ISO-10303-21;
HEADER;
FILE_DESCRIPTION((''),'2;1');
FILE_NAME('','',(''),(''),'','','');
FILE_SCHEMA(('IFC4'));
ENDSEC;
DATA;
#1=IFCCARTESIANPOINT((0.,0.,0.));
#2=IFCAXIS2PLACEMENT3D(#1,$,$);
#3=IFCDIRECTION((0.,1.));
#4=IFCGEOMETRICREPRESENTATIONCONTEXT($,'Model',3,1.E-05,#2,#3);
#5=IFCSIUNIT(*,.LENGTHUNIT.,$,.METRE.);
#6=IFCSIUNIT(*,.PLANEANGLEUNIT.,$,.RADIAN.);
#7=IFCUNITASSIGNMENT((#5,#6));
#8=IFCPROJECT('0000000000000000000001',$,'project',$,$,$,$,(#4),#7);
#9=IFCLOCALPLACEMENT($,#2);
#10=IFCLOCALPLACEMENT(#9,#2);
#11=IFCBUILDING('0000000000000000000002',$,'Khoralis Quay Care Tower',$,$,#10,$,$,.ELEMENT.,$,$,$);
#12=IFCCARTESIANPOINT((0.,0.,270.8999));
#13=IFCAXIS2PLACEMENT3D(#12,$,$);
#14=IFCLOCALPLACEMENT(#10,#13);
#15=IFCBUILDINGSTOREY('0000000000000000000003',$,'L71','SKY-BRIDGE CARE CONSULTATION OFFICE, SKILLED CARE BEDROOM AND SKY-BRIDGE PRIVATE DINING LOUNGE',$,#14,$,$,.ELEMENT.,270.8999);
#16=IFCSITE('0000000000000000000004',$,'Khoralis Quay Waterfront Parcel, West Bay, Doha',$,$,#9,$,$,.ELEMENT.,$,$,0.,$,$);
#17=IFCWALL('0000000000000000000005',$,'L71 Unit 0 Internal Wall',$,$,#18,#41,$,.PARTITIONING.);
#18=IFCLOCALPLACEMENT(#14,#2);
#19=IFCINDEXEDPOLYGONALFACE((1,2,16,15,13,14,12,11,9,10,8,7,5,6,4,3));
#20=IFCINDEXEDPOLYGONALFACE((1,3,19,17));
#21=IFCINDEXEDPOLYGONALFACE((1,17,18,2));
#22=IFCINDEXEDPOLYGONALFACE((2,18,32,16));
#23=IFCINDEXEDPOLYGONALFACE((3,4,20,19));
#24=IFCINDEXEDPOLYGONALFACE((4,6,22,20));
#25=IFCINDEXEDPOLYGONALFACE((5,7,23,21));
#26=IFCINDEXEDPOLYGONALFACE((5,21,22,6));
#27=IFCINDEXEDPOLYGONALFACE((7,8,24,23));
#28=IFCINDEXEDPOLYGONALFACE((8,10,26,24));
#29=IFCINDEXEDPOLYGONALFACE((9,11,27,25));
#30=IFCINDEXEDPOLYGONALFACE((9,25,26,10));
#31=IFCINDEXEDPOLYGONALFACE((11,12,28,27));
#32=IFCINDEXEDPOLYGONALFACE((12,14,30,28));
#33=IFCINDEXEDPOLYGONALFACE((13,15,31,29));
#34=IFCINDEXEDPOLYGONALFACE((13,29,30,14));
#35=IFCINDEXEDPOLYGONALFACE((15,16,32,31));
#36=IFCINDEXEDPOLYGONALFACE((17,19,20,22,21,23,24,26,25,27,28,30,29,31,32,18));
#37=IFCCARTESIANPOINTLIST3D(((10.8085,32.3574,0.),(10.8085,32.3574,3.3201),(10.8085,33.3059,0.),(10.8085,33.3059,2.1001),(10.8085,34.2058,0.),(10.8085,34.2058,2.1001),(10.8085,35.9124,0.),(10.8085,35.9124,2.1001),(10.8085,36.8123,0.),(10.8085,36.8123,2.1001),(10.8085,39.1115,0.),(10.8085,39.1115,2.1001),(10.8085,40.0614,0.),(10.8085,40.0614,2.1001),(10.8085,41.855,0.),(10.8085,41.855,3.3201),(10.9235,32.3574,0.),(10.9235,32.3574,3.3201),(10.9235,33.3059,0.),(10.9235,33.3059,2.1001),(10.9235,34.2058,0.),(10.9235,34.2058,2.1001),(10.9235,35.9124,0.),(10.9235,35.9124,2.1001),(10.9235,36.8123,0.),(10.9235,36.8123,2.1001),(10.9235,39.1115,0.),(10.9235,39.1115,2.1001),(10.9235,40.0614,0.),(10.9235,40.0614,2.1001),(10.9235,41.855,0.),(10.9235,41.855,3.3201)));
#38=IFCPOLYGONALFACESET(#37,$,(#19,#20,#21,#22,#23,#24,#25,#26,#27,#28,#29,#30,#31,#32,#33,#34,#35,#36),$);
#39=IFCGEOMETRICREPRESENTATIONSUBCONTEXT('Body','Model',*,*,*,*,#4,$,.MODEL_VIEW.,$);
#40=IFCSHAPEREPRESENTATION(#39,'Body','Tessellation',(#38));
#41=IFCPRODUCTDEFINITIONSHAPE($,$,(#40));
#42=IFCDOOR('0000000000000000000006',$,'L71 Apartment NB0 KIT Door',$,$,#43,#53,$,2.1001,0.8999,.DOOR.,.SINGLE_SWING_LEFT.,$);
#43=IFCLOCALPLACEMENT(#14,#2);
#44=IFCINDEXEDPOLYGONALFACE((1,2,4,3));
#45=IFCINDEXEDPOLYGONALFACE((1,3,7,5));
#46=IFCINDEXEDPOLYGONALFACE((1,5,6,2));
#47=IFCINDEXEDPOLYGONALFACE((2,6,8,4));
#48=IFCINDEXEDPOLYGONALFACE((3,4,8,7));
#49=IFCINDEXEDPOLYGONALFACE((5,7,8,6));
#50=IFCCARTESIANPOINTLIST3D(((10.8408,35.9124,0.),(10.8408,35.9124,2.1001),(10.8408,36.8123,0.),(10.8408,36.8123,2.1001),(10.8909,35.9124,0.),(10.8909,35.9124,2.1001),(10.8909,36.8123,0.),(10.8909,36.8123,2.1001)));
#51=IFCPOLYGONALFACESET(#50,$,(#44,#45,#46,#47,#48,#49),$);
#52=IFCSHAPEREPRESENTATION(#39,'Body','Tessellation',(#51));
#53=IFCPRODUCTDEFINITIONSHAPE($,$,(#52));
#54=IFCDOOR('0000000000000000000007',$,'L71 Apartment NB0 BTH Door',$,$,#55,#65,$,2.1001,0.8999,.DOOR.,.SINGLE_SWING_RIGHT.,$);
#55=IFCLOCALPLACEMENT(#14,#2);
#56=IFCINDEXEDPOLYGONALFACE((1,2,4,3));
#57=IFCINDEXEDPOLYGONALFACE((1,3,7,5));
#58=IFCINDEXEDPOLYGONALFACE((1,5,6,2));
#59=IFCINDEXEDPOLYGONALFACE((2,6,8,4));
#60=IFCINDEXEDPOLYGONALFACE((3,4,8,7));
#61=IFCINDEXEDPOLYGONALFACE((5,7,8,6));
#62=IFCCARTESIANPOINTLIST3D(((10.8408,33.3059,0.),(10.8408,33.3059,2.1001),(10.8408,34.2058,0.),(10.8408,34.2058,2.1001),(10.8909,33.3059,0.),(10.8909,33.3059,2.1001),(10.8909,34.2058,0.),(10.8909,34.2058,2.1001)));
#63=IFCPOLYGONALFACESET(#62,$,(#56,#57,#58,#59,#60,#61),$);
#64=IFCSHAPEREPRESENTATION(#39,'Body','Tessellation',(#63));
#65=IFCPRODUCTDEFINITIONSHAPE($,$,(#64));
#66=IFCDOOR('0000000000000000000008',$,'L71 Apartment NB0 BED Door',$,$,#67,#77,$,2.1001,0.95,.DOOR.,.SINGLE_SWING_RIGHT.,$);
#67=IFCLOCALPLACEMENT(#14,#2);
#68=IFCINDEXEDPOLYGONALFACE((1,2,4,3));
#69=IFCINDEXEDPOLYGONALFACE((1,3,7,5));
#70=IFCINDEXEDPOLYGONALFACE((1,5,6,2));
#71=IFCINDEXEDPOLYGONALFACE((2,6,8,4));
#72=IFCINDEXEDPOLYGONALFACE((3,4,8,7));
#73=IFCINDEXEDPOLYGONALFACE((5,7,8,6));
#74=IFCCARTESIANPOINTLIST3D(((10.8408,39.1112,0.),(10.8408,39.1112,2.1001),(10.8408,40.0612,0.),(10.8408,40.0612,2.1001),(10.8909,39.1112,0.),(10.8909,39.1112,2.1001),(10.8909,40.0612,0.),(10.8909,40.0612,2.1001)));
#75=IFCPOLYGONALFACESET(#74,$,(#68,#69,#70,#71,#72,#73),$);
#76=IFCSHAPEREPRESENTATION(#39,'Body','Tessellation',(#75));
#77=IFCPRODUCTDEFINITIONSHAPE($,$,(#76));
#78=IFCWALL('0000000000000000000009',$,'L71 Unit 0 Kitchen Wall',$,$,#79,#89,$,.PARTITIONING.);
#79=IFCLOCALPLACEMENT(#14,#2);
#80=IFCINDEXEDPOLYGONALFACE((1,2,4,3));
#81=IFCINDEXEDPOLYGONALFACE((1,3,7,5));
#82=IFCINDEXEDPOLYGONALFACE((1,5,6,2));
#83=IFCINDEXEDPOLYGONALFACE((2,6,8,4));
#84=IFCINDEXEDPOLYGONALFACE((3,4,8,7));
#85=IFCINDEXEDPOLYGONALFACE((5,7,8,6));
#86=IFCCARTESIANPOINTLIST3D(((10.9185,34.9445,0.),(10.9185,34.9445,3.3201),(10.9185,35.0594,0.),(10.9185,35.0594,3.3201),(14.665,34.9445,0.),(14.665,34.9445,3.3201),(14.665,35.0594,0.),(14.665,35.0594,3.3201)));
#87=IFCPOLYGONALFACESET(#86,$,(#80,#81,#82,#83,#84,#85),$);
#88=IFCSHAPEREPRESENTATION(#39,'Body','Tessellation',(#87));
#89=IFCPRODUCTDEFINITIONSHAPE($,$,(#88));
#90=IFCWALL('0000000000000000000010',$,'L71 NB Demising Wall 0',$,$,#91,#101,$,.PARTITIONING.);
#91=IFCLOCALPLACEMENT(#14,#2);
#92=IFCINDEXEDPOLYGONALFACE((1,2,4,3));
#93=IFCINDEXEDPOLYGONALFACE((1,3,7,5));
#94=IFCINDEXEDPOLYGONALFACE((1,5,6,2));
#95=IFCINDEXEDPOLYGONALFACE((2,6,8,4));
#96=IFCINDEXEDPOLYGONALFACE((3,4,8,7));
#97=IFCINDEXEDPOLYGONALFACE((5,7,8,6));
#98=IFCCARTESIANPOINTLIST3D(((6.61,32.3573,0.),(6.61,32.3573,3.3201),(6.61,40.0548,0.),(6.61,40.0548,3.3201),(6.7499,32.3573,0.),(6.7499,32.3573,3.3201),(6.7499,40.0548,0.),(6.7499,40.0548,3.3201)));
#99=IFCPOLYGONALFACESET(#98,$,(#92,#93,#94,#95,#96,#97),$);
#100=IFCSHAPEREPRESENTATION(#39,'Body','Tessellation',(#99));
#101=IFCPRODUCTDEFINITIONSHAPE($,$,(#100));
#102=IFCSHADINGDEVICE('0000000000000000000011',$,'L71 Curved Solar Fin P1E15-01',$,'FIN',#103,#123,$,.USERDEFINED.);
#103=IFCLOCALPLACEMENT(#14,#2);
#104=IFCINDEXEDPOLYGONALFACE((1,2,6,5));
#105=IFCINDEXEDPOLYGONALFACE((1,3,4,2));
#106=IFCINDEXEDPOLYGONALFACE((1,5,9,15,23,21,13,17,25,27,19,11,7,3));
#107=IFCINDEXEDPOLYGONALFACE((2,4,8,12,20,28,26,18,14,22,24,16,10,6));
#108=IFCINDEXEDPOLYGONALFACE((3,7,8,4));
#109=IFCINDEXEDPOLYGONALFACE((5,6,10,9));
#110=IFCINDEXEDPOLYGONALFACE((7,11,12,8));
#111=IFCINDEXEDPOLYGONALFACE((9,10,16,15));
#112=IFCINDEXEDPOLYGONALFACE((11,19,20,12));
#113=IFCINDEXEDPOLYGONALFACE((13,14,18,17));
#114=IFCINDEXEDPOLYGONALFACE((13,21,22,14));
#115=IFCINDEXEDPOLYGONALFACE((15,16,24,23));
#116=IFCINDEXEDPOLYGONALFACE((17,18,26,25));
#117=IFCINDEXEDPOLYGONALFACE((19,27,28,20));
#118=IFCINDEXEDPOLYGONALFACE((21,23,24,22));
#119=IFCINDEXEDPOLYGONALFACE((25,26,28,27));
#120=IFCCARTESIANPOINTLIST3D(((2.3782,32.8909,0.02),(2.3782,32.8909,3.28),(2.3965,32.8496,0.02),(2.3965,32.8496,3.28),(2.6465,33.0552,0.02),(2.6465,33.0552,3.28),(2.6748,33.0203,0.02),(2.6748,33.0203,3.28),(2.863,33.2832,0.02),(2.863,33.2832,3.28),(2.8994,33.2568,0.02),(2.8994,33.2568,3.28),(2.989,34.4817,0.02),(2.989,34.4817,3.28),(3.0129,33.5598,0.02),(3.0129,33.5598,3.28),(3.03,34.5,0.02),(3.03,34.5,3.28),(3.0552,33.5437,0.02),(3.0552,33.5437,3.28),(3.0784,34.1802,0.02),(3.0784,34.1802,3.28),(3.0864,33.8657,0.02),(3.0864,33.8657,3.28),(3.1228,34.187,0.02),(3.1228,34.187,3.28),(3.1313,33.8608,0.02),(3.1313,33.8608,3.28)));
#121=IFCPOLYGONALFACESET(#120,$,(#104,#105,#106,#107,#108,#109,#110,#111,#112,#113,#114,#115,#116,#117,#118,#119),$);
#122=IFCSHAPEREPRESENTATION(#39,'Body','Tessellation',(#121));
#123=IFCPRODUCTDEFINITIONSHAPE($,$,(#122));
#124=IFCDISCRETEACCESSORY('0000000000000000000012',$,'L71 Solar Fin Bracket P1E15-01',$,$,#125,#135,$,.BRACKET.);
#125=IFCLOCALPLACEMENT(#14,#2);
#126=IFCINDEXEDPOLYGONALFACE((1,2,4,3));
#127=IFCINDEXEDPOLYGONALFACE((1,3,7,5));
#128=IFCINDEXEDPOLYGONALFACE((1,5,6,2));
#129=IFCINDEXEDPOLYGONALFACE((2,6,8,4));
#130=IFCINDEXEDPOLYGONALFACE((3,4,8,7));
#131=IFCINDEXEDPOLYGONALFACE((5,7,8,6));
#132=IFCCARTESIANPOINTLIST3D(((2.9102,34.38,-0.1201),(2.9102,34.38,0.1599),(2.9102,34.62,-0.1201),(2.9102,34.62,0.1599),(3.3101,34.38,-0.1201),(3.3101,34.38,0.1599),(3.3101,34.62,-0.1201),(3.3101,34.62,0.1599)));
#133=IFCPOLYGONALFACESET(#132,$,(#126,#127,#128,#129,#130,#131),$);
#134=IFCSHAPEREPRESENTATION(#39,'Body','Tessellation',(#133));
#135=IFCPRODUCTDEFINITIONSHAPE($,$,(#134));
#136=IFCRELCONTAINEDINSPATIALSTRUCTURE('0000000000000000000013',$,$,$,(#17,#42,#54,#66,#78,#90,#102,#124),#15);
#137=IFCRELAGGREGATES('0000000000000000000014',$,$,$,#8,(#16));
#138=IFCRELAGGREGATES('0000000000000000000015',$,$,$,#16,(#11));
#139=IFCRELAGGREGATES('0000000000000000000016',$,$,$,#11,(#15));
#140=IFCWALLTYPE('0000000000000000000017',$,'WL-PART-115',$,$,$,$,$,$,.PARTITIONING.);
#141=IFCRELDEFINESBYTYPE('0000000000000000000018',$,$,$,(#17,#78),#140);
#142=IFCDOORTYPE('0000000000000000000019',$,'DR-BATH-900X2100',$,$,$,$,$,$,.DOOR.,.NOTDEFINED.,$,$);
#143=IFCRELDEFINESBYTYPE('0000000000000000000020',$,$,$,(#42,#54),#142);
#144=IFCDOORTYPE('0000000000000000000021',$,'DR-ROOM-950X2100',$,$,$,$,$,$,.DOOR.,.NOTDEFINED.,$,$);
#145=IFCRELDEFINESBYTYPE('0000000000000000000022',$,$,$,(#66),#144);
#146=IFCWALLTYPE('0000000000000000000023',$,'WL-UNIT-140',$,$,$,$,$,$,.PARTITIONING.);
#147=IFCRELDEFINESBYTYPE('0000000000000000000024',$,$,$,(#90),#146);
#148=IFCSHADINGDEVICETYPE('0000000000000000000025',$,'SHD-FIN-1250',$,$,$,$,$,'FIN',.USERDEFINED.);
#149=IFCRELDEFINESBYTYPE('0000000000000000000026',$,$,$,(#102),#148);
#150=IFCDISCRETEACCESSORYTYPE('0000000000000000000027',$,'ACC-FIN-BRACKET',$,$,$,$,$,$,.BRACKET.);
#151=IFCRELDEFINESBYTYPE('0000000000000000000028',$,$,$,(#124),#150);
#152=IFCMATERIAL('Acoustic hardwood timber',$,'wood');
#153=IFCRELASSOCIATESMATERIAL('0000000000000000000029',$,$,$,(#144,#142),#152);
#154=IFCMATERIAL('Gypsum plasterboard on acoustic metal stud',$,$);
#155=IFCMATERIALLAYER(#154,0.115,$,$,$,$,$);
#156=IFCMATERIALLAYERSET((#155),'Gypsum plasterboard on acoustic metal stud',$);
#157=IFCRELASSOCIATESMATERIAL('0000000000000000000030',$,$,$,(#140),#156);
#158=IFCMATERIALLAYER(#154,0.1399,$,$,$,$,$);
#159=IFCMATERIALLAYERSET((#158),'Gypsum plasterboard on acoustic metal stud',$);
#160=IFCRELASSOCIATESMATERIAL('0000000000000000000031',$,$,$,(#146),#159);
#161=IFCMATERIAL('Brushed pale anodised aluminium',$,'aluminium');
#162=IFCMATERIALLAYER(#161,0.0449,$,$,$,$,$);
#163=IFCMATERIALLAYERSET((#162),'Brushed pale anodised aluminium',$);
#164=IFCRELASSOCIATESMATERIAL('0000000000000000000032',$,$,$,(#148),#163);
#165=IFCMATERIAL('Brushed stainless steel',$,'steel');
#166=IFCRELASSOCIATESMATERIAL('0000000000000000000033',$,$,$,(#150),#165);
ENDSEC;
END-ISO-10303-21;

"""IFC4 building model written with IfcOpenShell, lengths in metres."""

from ifc_helpers import new_model, si_unit, direction, frame, frame_2d, origin, origin_2d, place, context, subcontext, project, spatial, polyline, rectangle, outline, extrude, source, transform, mapped, material, layer, layer_set, type_object, element, fill, save


model = new_model("IFC4")

# Units and contexts
model_context = context("Model", 3, precision=1e-05, world=origin(), true_north=direction((0.0, 1.0)))
body_context = subcontext(model_context, "Body", "Model", "MODEL_VIEW")
ifc_project = project(units=[si_unit("LENGTHUNIT", "METRE"), si_unit("PLANEANGLEUNIT", "RADIAN")], contexts=[model_context])

# Site, building, storey
site_placement = place(None, origin())
site = spatial("IfcSite", under=ifc_project, at=site_placement, Name="Khoralis Quay Waterfront Parcel, West Bay, Doha", CompositionType="ELEMENT", RefElevation=0.0)
building_placement = place(site_placement, origin())
building = spatial("IfcBuilding", under=site, at=building_placement, Name="Khoralis Quay Care Tower", CompositionType="ELEMENT")
storey_placement = place(building_placement, frame((0.0, 0.0, 270.8999)))
storey = spatial("IfcBuildingStorey", under=building, at=storey_placement, Name="L71", Description="SKY-BRIDGE CARE CONSULTATION OFFICE, SKILLED CARE BEDROOM AND SKY-BRIDGE PRIVATE DINING LOUNGE", CompositionType="ELEMENT", Elevation=270.8999)

# Shared definitions
ifc_material_1 = material(Name="Gypsum plasterboard on acoustic metal stud")

# Wall, openings, doors
ifc_material_2 = material(Name="Acoustic hardwood timber", Category="wood")
door_type_1 = type_object("IfcDoorType", Name="DR-ROOM-950X2100", OperationType="NOTDEFINED", PredefinedType="DOOR", material=ifc_material_2)
shared_shape_1 = source(origin(), body_context, "Body", "SweptSolid", [
    extrude(rectangle(XDim=0.95, YDim=2.1001, at=frame_2d((0.4751, 1.05))), frame((0.0, 0.0249, 0.0), z_axis=(0.0, -1.0, 0.0), x_axis=(1.0, 0.0, 0.0)), (0.0, 0.0, 1.0), 0.05),
])
ifc_layer_1 = layer(ifc_material_1, 0.115)
ifc_layer_set_1 = layer_set([ifc_layer_1], Name="Gypsum plasterboard on acoustic metal stud")
wall_type_1 = type_object("IfcWallType", Name="WL-PART-115", PredefinedType="PARTITIONING", material=ifc_layer_set_1)
wall_1_placement = place(storey_placement, frame((10.866, 32.3574, 0.0), z_axis=(0.0, 0.0, 1.0), x_axis=(0.0, 1.0, 0.0)))
wall_1 = element("IfcWall", 1, at=wall_1_placement, inside=storey, type_object=wall_type_1, Name="L71 Unit 0 Internal Wall", PredefinedType="PARTITIONING", context=body_context, shape_type="SweptSolid", body=[
    extrude(rectangle(XDim=9.4976, YDim=0.115, at=frame_2d((4.7488, 0.0))), origin(), (0.0, 0.0, 1.0), 3.3201),
])
opening_1_placement = place(wall_1_placement, frame((6.7539, 0.0, 0.0)))
opening_1 = element("IfcOpeningElement", 2, at=opening_1_placement, cuts=wall_1, PredefinedType="OPENING", context=body_context, shape_type="SweptSolid", body=[
    extrude(rectangle(XDim=0.95, YDim=2.1001, at=frame_2d((0.4751, 1.05))), frame((0.0, 0.0674, 0.0), z_axis=(0.0, -1.0, 0.0), x_axis=(1.0, 0.0, 0.0)), (0.0, 0.0, 1.0), 0.135),
])
opening_2_placement = place(wall_1_placement, frame((3.5549, 0.0, 0.0)))
opening_2 = element("IfcOpeningElement", 3, at=opening_2_placement, cuts=wall_1, PredefinedType="OPENING", context=body_context, shape_type="SweptSolid", body=[
    extrude(rectangle(XDim=0.8999, YDim=2.1001, at=frame_2d((0.45, 1.05))), frame((0.0, 0.0674, 0.0), z_axis=(0.0, -1.0, 0.0), x_axis=(1.0, 0.0, 0.0)), (0.0, 0.0, 1.0), 0.135),
])
opening_3_placement = place(wall_1_placement, frame((0.9485, 0.0, 0.0)))
opening_3 = element("IfcOpeningElement", 4, at=opening_3_placement, cuts=wall_1, PredefinedType="OPENING", context=body_context, shape_type="SweptSolid", body=[
    extrude(rectangle(XDim=0.8999, YDim=2.1001, at=frame_2d((0.45, 1.05))), frame((0.0, 0.0674, 0.0), z_axis=(0.0, -1.0, 0.0), x_axis=(1.0, 0.0, 0.0)), (0.0, 0.0, 1.0), 0.135),
])
door_type_2 = type_object("IfcDoorType", Name="DR-BATH-900X2100", OperationType="NOTDEFINED", PredefinedType="DOOR", material=ifc_material_2)
shared_shape_2 = source(origin(), body_context, "Body", "SweptSolid", [
    extrude(rectangle(XDim=0.8999, YDim=2.1001, at=frame_2d((0.45, 1.05))), frame((0.0, 0.0249, 0.0), z_axis=(0.0, -1.0, 0.0), x_axis=(1.0, 0.0, 0.0)), (0.0, 0.0, 1.0), 0.05),
])
door_1_placement = place(opening_2_placement, frame((0.8999, 0.0, 0.0), z_axis=(0.0, 0.0, 1.0), x_axis=(-1.0, 0.0, 0.0)))
door_1 = element("IfcDoor", 5, at=door_1_placement, inside=storey, type_object=door_type_2, Name="L71 Apartment NB0 KIT Door", OperationType="SINGLE_SWING_LEFT", OverallHeight=2.1001, OverallWidth=0.8999, PredefinedType="DOOR", context=body_context, shape_type="MappedRepresentation", body=[
    mapped(shared_shape_2, transform((0.0, 0.0, 0.0), scale=1.0)),
])
fill(opening_2, door_1)
door_2_placement = place(opening_3_placement, frame((0.8999, 0.0, 0.0), z_axis=(0.0, 0.0, 1.0), x_axis=(-1.0, 0.0, 0.0)))
door_2 = element("IfcDoor", 6, at=door_2_placement, inside=storey, type_object=door_type_2, Name="L71 Apartment NB0 BTH Door", OperationType="SINGLE_SWING_RIGHT", OverallHeight=2.1001, OverallWidth=0.8999, PredefinedType="DOOR", context=body_context, shape_type="MappedRepresentation", body=[
    mapped(shared_shape_2, transform((0.0, 0.0, 0.0), scale=1.0)),
])
fill(opening_3, door_2)
door_3_placement = place(opening_1_placement, frame((0.95, 0.0, 0.0), z_axis=(0.0, 0.0, 1.0), x_axis=(-1.0, 0.0, 0.0)))
door_3 = element("IfcDoor", 7, at=door_3_placement, inside=storey, type_object=door_type_1, Name="L71 Apartment NB0 BED Door", OperationType="SINGLE_SWING_RIGHT", OverallHeight=2.1001, OverallWidth=0.95, PredefinedType="DOOR", context=body_context, shape_type="MappedRepresentation", body=[
    mapped(shared_shape_1, transform((0.0, 0.0, 0.0), scale=1.0)),
])
fill(opening_1, door_3)

# Walls
wall_2_placement = place(storey_placement, frame((10.9185, 35.002, 0.0), z_axis=(0.0, 0.0, 1.0), x_axis=(1.0, 0.0, 0.0)))
element("IfcWall", 8, at=wall_2_placement, inside=storey, type_object=wall_type_1, Name="L71 Unit 0 Kitchen Wall", PredefinedType="PARTITIONING", context=body_context, shape_type="SweptSolid", body=[
    extrude(rectangle(XDim=3.7466, YDim=0.115, at=frame_2d((1.8733, 0.0))), origin(), (0.0, 0.0, 1.0), 3.3201),
])
ifc_layer_2 = layer(ifc_material_1, 0.1399)
ifc_layer_set_2 = layer_set([ifc_layer_2], Name="Gypsum plasterboard on acoustic metal stud")
wall_type_2 = type_object("IfcWallType", Name="WL-UNIT-140", PredefinedType="PARTITIONING", material=ifc_layer_set_2)
wall_3_placement = place(storey_placement, frame((6.6799, 32.3574, 0.0), z_axis=(0.0, 0.0, 1.0), x_axis=(0.0, 1.0, 0.0)))
element("IfcWall", 9, at=wall_3_placement, inside=storey, type_object=wall_type_2, Name="L71 NB Demising Wall 0", PredefinedType="PARTITIONING", context=body_context, shape_type="SweptSolid", body=[
    extrude(rectangle(XDim=7.6975, YDim=0.1399, at=frame_2d((3.8486, 0.0))), origin(), (0.0, 0.0, 1.0), 3.3201),
])

# Shading device
ifc_material_3 = material(Name="Brushed pale anodised aluminium", Category="aluminium")
ifc_layer_3 = layer(ifc_material_3, 0.0449)
ifc_layer_set_3 = layer_set([ifc_layer_3], Name="Brushed pale anodised aluminium")
shading_device_type = type_object("IfcShadingDeviceType", Name="SHD-FIN-1250", ElementType="FIN", PredefinedType="USERDEFINED", material=ifc_layer_set_3)
shared_shape_3 = source(origin(), body_context, "Body", "SweptSolid", [
    extrude(outline(polyline([(0.0, 0.0), (-0.0928, 0.313), (-0.1013, 0.6392), (-0.0251, 0.9563), (0.1306, 1.2432), (0.3552, 1.4797), (0.6335, 1.6504), (0.6519, 1.6091), (0.3835, 1.4448), (0.167, 1.2168), (0.0171, 0.9402), (-0.0564, 0.6343), (-0.0483, 0.3198), (0.041, 0.0183), (0.0, 0.0)])), origin(), (0.0, 0.0, 1.0), 3.26),
])
shading_device_placement = place(storey_placement, frame((3.03, 34.5, 0.02), z_axis=(0.0, 0.0, 1.0), x_axis=(-1.0, 0.0, 0.0)))
element("IfcShadingDevice", 10, at=shading_device_placement, inside=storey, type_object=shading_device_type, Name="L71 Curved Solar Fin P1E15-01", ObjectType="FIN", PredefinedType="USERDEFINED", context=body_context, shape_type="MappedRepresentation", body=[
    mapped(shared_shape_3, transform((0.0, 0.0, 0.0), scale=1.0)),
])

# Discrete accessory
ifc_material_4 = material(Name="Brushed stainless steel", Category="steel")
discrete_accessory_type = type_object("IfcDiscreteAccessoryType", Name="ACC-FIN-BRACKET", PredefinedType="BRACKET", material=ifc_material_4)
shared_shape_4 = source(origin(), body_context, "Body", "SweptSolid", [
    extrude(rectangle(XDim=0.3999, YDim=0.24, at=origin_2d()), origin(), (0.0, 0.0, 1.0), 0.28),
])
discrete_accessory_placement = place(storey_placement, frame((3.1101, 34.5, -0.1201), z_axis=(0.0, 0.0, 1.0), x_axis=(-1.0, 0.0, 0.0)))
element("IfcDiscreteAccessory", 11, at=discrete_accessory_placement, inside=storey, type_object=discrete_accessory_type, Name="L71 Solar Fin Bracket P1E15-01", PredefinedType="BRACKET", context=body_context, shape_type="MappedRepresentation", body=[
    mapped(shared_shape_4, transform((0.0, 0.0, 0.0), scale=1.0)),
])

save(model, "model.ifc")
